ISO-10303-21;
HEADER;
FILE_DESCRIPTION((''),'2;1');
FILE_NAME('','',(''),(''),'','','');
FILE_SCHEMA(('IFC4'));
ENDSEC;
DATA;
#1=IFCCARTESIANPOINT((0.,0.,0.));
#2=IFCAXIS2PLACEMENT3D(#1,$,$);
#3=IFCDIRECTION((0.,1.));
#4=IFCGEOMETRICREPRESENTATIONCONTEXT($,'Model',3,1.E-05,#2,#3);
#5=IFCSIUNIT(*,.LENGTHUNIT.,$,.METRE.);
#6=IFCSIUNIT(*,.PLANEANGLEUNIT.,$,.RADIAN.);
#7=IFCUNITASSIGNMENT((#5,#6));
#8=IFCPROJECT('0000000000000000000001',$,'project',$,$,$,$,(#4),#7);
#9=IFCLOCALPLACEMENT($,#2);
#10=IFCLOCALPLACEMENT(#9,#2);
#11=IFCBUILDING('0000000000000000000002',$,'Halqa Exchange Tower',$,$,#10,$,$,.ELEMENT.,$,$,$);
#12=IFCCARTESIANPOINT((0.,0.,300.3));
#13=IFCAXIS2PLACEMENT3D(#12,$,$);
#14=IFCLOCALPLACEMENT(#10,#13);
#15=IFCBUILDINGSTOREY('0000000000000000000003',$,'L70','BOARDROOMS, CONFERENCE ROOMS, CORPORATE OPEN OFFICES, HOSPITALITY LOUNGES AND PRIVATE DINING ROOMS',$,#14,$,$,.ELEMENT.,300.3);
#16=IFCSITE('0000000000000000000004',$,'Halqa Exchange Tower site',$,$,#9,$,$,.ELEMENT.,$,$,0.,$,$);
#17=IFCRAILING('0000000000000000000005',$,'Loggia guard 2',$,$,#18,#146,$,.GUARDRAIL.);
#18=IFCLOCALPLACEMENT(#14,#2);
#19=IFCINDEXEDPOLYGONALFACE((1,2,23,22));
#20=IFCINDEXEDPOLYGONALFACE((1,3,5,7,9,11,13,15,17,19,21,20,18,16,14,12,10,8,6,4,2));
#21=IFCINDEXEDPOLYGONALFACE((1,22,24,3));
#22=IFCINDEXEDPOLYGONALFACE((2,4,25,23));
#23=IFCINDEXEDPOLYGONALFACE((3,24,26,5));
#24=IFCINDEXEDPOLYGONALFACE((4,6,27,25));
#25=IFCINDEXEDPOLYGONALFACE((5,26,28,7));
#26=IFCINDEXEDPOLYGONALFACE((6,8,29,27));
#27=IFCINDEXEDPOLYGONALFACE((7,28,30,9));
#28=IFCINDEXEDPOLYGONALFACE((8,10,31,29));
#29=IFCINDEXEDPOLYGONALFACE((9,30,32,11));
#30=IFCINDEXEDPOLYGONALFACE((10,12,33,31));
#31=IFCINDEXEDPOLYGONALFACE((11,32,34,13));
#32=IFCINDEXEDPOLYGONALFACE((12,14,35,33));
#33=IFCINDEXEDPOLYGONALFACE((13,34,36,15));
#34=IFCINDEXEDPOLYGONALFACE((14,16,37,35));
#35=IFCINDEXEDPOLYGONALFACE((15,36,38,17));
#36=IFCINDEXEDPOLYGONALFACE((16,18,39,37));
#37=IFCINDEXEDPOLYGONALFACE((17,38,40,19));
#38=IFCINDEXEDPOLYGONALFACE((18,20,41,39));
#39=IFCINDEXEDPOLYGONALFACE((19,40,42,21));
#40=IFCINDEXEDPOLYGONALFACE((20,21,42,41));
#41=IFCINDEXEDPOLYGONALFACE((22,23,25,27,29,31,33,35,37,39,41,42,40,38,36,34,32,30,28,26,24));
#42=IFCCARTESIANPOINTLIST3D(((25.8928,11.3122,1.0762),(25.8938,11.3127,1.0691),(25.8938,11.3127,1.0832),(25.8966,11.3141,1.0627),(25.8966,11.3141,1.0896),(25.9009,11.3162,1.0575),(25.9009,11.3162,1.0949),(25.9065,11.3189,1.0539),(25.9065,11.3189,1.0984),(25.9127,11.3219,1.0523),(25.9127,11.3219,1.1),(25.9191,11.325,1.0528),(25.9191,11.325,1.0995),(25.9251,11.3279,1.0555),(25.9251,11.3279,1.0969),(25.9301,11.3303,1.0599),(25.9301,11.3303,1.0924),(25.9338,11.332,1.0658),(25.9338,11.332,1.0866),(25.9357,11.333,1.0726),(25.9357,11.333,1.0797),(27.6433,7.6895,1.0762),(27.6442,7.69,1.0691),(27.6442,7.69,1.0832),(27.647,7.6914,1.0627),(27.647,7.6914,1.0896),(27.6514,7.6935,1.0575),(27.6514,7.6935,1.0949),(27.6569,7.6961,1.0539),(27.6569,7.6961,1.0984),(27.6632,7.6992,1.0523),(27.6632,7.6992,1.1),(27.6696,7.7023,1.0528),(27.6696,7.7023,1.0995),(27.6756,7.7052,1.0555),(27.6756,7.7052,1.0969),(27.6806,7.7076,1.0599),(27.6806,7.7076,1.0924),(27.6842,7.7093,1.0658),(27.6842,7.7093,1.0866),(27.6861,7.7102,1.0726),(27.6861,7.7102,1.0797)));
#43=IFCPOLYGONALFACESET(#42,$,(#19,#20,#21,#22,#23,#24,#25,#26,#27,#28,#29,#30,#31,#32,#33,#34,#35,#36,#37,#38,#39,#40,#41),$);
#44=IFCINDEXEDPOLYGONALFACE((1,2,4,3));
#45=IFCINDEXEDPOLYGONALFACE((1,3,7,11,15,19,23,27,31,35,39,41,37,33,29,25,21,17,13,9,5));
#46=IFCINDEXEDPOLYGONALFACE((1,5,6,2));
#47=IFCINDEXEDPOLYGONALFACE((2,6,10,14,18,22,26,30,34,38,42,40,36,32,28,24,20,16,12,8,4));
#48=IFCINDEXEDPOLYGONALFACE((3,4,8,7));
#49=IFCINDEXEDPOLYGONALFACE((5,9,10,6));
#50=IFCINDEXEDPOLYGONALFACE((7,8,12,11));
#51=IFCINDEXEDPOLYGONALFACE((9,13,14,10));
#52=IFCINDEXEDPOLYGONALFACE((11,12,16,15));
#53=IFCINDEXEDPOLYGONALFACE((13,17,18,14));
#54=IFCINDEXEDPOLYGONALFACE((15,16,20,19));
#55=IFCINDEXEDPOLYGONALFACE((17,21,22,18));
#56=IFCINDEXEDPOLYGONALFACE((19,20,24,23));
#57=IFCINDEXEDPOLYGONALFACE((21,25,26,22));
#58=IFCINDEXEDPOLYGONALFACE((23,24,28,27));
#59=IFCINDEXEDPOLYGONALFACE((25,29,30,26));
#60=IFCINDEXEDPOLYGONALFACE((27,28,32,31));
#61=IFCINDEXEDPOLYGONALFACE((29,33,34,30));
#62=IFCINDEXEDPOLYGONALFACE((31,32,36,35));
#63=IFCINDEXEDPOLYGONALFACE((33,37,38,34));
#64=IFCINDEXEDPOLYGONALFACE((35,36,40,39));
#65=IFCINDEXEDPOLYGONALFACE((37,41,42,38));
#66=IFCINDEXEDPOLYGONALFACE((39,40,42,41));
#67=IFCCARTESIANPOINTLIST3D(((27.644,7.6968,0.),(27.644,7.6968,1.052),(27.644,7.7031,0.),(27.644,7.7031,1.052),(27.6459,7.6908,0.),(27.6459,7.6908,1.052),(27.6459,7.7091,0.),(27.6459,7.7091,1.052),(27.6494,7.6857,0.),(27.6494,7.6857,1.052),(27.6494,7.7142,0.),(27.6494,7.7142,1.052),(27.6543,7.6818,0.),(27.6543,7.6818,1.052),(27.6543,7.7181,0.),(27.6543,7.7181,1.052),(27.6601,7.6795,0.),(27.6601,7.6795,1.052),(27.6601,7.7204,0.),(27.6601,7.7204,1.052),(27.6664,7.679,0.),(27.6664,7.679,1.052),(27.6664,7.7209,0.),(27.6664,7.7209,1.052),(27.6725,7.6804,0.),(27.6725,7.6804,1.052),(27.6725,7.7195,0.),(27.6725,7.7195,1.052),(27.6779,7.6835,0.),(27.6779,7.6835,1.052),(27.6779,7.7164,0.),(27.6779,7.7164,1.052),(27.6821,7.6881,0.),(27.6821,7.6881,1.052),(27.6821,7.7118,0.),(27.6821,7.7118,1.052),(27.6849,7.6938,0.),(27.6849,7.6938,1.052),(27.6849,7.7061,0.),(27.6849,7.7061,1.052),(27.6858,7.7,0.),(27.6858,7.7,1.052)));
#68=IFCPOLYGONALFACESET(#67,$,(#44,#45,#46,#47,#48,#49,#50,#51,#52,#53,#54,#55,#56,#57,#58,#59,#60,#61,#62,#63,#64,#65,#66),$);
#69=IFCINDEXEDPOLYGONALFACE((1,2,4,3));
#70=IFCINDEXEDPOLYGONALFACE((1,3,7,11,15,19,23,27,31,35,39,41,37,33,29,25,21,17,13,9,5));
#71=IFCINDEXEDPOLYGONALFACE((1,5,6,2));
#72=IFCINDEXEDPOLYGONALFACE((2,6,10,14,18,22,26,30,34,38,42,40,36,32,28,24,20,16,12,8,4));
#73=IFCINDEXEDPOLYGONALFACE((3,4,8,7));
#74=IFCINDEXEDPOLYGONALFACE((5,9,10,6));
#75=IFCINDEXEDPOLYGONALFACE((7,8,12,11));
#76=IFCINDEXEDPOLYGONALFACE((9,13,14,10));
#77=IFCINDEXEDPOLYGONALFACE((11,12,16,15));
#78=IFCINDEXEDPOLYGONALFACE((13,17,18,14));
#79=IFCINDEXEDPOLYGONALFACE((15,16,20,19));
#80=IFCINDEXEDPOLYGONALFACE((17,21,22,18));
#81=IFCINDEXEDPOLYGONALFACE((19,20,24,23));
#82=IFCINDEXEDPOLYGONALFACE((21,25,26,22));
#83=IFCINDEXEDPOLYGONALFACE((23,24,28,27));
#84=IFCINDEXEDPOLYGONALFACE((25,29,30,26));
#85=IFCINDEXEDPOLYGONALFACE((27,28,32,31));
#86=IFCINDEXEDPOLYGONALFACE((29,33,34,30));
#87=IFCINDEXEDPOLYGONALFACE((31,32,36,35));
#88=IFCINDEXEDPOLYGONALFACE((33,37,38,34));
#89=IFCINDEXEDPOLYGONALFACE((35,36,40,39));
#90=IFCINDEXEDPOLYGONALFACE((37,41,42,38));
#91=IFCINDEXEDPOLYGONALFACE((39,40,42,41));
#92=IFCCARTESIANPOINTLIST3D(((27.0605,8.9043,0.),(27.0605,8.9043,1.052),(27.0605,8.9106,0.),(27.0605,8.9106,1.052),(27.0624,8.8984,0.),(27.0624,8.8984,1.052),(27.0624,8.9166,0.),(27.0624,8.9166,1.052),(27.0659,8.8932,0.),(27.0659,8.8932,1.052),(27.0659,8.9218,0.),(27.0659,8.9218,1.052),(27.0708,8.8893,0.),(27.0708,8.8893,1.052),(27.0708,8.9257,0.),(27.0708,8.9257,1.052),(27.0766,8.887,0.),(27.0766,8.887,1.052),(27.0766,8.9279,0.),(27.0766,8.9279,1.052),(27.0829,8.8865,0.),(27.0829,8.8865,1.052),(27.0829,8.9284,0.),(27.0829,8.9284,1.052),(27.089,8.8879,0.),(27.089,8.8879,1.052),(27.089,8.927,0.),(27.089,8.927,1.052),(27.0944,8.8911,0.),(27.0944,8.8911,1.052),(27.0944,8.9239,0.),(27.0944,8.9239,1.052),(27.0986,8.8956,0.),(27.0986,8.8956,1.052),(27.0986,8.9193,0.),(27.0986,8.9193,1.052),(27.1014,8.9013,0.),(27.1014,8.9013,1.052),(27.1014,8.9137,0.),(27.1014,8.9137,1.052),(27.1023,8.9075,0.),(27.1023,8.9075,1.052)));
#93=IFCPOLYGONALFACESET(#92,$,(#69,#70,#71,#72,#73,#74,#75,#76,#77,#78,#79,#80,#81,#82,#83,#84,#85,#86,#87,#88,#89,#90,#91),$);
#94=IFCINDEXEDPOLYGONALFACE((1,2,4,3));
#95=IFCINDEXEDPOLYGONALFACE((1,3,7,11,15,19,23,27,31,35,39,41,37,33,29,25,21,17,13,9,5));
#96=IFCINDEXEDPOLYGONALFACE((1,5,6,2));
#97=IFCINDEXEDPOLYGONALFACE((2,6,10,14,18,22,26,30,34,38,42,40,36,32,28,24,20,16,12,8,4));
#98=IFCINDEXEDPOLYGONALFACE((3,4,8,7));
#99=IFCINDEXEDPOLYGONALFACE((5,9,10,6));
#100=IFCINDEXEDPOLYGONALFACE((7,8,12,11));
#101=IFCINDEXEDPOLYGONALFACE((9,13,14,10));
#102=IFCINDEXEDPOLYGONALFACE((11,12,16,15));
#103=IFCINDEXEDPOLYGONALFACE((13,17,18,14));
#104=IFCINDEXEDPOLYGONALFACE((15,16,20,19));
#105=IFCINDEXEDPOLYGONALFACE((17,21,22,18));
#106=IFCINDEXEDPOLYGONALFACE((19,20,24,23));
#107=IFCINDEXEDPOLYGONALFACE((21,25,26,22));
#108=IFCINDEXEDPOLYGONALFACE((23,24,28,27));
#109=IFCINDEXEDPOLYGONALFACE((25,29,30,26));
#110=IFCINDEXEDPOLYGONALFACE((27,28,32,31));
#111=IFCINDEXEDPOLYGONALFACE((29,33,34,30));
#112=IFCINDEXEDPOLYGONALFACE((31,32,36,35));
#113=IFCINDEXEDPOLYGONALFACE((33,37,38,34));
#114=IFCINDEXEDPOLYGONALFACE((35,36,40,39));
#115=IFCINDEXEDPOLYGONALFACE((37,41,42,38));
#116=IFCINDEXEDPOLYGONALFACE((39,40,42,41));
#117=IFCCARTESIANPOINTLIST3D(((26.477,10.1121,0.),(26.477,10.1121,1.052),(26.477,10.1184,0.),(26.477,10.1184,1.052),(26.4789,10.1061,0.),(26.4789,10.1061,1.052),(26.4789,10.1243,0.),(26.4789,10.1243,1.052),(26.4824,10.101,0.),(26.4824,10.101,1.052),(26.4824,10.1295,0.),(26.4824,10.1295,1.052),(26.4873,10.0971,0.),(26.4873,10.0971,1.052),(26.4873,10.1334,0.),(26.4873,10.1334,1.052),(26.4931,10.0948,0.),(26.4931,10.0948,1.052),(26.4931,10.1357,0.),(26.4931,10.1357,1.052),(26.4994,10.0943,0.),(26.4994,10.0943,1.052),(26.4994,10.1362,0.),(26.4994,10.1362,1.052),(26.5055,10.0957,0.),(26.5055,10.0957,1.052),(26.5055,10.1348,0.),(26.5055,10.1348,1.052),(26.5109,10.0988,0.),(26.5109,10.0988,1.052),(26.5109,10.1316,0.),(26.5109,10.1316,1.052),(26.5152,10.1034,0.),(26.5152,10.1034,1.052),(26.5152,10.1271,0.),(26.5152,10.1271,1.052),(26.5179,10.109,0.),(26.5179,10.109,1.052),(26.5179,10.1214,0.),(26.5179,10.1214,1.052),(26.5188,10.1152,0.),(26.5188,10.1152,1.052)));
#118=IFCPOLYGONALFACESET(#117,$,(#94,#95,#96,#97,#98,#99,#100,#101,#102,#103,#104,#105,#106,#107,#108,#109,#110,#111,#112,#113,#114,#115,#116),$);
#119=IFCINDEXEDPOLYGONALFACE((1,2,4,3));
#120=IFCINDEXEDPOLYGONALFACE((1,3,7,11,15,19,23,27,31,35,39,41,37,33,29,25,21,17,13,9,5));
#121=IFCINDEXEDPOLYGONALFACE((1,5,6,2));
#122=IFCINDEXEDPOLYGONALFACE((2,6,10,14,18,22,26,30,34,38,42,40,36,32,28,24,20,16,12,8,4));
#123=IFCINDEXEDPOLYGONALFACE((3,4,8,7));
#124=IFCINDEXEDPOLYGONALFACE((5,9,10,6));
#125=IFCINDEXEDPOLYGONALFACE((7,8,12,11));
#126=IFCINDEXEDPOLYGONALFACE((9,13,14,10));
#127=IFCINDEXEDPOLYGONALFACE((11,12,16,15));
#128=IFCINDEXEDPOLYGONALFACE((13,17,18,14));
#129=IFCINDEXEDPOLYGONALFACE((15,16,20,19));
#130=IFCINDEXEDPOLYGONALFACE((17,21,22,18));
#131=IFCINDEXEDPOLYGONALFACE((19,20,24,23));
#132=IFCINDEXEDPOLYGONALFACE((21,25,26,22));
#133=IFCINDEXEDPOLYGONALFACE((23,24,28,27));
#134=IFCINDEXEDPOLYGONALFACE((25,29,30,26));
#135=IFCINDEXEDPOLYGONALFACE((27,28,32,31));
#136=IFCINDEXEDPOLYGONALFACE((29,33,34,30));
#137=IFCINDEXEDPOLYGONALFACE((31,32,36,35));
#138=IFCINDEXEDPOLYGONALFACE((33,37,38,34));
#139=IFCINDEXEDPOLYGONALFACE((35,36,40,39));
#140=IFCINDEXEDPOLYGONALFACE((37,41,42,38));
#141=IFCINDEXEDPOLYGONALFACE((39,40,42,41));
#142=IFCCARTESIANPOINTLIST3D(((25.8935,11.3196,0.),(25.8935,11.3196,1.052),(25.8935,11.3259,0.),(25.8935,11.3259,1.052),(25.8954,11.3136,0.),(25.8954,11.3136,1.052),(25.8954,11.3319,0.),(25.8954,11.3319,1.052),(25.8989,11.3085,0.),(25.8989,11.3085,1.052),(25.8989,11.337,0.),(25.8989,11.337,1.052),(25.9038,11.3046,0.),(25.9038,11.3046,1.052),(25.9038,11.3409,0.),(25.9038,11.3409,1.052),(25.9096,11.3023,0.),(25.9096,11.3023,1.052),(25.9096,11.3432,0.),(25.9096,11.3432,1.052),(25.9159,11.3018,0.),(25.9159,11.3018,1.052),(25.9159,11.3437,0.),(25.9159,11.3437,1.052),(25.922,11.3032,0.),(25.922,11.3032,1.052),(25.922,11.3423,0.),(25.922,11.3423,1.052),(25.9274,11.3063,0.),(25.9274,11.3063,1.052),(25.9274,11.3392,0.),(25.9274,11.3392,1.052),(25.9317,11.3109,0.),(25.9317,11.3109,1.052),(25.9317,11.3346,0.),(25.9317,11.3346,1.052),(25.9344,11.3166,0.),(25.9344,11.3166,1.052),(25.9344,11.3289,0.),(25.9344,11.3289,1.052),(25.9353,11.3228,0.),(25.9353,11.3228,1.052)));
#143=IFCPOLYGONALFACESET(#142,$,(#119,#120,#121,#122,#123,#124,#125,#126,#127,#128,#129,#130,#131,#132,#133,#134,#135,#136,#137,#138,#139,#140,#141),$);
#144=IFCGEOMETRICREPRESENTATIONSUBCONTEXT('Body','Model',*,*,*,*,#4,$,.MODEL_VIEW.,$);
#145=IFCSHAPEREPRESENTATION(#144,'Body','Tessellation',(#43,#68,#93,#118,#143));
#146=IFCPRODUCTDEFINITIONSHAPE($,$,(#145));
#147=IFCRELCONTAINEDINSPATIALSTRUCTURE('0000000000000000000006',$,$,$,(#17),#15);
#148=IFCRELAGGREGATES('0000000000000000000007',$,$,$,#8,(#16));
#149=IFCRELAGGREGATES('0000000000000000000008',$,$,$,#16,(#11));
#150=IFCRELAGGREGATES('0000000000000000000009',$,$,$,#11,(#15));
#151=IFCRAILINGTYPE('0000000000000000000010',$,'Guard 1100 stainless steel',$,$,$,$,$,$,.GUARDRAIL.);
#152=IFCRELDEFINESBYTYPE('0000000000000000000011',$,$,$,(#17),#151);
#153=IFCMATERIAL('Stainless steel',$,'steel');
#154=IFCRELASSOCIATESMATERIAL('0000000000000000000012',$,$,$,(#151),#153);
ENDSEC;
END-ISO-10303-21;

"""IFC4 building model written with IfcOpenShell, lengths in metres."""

from ifc_helpers import new_model, si_unit, direction, frame, origin, origin_2d, place, context, subcontext, project, spatial, circle, extrude, material, type_object, element, save


model = new_model("IFC4")

# Units and contexts
model_context = context("Model", 3, precision=1e-05, world=origin(), true_north=direction((0.0, 1.0)))
body_context = subcontext(model_context, "Body", "Model", "MODEL_VIEW")
ifc_project = project(units=[si_unit("LENGTHUNIT", "METRE"), si_unit("PLANEANGLEUNIT", "RADIAN")], contexts=[model_context])

# Site, building, storey
site_placement = place(None, origin())
site = spatial("IfcSite", under=ifc_project, at=site_placement, Name="Halqa Exchange Tower site", CompositionType="ELEMENT", RefElevation=0.0)
building_placement = place(site_placement, origin())
building = spatial("IfcBuilding", under=site, at=building_placement, Name="Halqa Exchange Tower", CompositionType="ELEMENT")
storey_placement = place(building_placement, frame((0.0, 0.0, 300.3)))
storey = spatial("IfcBuildingStorey", under=building, at=storey_placement, Name="L70", Description="BOARDROOMS, CONFERENCE ROOMS, CORPORATE OPEN OFFICES, HOSPITALITY LOUNGES AND PRIVATE DINING ROOMS", CompositionType="ELEMENT", Elevation=300.3)

# Railing
ifc_material_1 = material(Name="Stainless steel", Category="steel")
railing_type = type_object("IfcRailingType", Name="Guard 1100 stainless steel", PredefinedType="GUARDRAIL", material=ifc_material_1)
railing_1_placement = place(storey_placement, frame((27.6648, 7.7, 0.0)))
element("IfcRailing", 1, at=railing_1_placement, inside=storey, type_object=railing_type, Name="Loggia guard 2", PredefinedType="GUARDRAIL", context=body_context, shape_type="SweptSolid", body=[
    extrude(circle(Radius=0.0239, at=origin_2d()), frame((0.0, 0.0, 1.0762), z_axis=(-0.435061, 0.900401, 0.0), x_axis=(-0.900401, -0.435061, 0.0)), (0.0, 0.0, 1.0), 4.0234),
    extrude(circle(Radius=0.021, at=origin_2d()), origin(), (0.0, 0.0, 1.0), 1.052),
    extrude(circle(Radius=0.021, at=origin_2d()), frame((-0.5835, 1.2075, 0.0)), (0.0, 0.0, 1.0), 1.052),
    extrude(circle(Radius=0.021, at=origin_2d()), frame((-1.167, 2.4153, 0.0)), (0.0, 0.0, 1.0), 1.052),
    extrude(circle(Radius=0.021, at=origin_2d()), frame((-1.7505, 3.6228, 0.0)), (0.0, 0.0, 1.0), 1.052),
])

save(model, "model.ifc")
